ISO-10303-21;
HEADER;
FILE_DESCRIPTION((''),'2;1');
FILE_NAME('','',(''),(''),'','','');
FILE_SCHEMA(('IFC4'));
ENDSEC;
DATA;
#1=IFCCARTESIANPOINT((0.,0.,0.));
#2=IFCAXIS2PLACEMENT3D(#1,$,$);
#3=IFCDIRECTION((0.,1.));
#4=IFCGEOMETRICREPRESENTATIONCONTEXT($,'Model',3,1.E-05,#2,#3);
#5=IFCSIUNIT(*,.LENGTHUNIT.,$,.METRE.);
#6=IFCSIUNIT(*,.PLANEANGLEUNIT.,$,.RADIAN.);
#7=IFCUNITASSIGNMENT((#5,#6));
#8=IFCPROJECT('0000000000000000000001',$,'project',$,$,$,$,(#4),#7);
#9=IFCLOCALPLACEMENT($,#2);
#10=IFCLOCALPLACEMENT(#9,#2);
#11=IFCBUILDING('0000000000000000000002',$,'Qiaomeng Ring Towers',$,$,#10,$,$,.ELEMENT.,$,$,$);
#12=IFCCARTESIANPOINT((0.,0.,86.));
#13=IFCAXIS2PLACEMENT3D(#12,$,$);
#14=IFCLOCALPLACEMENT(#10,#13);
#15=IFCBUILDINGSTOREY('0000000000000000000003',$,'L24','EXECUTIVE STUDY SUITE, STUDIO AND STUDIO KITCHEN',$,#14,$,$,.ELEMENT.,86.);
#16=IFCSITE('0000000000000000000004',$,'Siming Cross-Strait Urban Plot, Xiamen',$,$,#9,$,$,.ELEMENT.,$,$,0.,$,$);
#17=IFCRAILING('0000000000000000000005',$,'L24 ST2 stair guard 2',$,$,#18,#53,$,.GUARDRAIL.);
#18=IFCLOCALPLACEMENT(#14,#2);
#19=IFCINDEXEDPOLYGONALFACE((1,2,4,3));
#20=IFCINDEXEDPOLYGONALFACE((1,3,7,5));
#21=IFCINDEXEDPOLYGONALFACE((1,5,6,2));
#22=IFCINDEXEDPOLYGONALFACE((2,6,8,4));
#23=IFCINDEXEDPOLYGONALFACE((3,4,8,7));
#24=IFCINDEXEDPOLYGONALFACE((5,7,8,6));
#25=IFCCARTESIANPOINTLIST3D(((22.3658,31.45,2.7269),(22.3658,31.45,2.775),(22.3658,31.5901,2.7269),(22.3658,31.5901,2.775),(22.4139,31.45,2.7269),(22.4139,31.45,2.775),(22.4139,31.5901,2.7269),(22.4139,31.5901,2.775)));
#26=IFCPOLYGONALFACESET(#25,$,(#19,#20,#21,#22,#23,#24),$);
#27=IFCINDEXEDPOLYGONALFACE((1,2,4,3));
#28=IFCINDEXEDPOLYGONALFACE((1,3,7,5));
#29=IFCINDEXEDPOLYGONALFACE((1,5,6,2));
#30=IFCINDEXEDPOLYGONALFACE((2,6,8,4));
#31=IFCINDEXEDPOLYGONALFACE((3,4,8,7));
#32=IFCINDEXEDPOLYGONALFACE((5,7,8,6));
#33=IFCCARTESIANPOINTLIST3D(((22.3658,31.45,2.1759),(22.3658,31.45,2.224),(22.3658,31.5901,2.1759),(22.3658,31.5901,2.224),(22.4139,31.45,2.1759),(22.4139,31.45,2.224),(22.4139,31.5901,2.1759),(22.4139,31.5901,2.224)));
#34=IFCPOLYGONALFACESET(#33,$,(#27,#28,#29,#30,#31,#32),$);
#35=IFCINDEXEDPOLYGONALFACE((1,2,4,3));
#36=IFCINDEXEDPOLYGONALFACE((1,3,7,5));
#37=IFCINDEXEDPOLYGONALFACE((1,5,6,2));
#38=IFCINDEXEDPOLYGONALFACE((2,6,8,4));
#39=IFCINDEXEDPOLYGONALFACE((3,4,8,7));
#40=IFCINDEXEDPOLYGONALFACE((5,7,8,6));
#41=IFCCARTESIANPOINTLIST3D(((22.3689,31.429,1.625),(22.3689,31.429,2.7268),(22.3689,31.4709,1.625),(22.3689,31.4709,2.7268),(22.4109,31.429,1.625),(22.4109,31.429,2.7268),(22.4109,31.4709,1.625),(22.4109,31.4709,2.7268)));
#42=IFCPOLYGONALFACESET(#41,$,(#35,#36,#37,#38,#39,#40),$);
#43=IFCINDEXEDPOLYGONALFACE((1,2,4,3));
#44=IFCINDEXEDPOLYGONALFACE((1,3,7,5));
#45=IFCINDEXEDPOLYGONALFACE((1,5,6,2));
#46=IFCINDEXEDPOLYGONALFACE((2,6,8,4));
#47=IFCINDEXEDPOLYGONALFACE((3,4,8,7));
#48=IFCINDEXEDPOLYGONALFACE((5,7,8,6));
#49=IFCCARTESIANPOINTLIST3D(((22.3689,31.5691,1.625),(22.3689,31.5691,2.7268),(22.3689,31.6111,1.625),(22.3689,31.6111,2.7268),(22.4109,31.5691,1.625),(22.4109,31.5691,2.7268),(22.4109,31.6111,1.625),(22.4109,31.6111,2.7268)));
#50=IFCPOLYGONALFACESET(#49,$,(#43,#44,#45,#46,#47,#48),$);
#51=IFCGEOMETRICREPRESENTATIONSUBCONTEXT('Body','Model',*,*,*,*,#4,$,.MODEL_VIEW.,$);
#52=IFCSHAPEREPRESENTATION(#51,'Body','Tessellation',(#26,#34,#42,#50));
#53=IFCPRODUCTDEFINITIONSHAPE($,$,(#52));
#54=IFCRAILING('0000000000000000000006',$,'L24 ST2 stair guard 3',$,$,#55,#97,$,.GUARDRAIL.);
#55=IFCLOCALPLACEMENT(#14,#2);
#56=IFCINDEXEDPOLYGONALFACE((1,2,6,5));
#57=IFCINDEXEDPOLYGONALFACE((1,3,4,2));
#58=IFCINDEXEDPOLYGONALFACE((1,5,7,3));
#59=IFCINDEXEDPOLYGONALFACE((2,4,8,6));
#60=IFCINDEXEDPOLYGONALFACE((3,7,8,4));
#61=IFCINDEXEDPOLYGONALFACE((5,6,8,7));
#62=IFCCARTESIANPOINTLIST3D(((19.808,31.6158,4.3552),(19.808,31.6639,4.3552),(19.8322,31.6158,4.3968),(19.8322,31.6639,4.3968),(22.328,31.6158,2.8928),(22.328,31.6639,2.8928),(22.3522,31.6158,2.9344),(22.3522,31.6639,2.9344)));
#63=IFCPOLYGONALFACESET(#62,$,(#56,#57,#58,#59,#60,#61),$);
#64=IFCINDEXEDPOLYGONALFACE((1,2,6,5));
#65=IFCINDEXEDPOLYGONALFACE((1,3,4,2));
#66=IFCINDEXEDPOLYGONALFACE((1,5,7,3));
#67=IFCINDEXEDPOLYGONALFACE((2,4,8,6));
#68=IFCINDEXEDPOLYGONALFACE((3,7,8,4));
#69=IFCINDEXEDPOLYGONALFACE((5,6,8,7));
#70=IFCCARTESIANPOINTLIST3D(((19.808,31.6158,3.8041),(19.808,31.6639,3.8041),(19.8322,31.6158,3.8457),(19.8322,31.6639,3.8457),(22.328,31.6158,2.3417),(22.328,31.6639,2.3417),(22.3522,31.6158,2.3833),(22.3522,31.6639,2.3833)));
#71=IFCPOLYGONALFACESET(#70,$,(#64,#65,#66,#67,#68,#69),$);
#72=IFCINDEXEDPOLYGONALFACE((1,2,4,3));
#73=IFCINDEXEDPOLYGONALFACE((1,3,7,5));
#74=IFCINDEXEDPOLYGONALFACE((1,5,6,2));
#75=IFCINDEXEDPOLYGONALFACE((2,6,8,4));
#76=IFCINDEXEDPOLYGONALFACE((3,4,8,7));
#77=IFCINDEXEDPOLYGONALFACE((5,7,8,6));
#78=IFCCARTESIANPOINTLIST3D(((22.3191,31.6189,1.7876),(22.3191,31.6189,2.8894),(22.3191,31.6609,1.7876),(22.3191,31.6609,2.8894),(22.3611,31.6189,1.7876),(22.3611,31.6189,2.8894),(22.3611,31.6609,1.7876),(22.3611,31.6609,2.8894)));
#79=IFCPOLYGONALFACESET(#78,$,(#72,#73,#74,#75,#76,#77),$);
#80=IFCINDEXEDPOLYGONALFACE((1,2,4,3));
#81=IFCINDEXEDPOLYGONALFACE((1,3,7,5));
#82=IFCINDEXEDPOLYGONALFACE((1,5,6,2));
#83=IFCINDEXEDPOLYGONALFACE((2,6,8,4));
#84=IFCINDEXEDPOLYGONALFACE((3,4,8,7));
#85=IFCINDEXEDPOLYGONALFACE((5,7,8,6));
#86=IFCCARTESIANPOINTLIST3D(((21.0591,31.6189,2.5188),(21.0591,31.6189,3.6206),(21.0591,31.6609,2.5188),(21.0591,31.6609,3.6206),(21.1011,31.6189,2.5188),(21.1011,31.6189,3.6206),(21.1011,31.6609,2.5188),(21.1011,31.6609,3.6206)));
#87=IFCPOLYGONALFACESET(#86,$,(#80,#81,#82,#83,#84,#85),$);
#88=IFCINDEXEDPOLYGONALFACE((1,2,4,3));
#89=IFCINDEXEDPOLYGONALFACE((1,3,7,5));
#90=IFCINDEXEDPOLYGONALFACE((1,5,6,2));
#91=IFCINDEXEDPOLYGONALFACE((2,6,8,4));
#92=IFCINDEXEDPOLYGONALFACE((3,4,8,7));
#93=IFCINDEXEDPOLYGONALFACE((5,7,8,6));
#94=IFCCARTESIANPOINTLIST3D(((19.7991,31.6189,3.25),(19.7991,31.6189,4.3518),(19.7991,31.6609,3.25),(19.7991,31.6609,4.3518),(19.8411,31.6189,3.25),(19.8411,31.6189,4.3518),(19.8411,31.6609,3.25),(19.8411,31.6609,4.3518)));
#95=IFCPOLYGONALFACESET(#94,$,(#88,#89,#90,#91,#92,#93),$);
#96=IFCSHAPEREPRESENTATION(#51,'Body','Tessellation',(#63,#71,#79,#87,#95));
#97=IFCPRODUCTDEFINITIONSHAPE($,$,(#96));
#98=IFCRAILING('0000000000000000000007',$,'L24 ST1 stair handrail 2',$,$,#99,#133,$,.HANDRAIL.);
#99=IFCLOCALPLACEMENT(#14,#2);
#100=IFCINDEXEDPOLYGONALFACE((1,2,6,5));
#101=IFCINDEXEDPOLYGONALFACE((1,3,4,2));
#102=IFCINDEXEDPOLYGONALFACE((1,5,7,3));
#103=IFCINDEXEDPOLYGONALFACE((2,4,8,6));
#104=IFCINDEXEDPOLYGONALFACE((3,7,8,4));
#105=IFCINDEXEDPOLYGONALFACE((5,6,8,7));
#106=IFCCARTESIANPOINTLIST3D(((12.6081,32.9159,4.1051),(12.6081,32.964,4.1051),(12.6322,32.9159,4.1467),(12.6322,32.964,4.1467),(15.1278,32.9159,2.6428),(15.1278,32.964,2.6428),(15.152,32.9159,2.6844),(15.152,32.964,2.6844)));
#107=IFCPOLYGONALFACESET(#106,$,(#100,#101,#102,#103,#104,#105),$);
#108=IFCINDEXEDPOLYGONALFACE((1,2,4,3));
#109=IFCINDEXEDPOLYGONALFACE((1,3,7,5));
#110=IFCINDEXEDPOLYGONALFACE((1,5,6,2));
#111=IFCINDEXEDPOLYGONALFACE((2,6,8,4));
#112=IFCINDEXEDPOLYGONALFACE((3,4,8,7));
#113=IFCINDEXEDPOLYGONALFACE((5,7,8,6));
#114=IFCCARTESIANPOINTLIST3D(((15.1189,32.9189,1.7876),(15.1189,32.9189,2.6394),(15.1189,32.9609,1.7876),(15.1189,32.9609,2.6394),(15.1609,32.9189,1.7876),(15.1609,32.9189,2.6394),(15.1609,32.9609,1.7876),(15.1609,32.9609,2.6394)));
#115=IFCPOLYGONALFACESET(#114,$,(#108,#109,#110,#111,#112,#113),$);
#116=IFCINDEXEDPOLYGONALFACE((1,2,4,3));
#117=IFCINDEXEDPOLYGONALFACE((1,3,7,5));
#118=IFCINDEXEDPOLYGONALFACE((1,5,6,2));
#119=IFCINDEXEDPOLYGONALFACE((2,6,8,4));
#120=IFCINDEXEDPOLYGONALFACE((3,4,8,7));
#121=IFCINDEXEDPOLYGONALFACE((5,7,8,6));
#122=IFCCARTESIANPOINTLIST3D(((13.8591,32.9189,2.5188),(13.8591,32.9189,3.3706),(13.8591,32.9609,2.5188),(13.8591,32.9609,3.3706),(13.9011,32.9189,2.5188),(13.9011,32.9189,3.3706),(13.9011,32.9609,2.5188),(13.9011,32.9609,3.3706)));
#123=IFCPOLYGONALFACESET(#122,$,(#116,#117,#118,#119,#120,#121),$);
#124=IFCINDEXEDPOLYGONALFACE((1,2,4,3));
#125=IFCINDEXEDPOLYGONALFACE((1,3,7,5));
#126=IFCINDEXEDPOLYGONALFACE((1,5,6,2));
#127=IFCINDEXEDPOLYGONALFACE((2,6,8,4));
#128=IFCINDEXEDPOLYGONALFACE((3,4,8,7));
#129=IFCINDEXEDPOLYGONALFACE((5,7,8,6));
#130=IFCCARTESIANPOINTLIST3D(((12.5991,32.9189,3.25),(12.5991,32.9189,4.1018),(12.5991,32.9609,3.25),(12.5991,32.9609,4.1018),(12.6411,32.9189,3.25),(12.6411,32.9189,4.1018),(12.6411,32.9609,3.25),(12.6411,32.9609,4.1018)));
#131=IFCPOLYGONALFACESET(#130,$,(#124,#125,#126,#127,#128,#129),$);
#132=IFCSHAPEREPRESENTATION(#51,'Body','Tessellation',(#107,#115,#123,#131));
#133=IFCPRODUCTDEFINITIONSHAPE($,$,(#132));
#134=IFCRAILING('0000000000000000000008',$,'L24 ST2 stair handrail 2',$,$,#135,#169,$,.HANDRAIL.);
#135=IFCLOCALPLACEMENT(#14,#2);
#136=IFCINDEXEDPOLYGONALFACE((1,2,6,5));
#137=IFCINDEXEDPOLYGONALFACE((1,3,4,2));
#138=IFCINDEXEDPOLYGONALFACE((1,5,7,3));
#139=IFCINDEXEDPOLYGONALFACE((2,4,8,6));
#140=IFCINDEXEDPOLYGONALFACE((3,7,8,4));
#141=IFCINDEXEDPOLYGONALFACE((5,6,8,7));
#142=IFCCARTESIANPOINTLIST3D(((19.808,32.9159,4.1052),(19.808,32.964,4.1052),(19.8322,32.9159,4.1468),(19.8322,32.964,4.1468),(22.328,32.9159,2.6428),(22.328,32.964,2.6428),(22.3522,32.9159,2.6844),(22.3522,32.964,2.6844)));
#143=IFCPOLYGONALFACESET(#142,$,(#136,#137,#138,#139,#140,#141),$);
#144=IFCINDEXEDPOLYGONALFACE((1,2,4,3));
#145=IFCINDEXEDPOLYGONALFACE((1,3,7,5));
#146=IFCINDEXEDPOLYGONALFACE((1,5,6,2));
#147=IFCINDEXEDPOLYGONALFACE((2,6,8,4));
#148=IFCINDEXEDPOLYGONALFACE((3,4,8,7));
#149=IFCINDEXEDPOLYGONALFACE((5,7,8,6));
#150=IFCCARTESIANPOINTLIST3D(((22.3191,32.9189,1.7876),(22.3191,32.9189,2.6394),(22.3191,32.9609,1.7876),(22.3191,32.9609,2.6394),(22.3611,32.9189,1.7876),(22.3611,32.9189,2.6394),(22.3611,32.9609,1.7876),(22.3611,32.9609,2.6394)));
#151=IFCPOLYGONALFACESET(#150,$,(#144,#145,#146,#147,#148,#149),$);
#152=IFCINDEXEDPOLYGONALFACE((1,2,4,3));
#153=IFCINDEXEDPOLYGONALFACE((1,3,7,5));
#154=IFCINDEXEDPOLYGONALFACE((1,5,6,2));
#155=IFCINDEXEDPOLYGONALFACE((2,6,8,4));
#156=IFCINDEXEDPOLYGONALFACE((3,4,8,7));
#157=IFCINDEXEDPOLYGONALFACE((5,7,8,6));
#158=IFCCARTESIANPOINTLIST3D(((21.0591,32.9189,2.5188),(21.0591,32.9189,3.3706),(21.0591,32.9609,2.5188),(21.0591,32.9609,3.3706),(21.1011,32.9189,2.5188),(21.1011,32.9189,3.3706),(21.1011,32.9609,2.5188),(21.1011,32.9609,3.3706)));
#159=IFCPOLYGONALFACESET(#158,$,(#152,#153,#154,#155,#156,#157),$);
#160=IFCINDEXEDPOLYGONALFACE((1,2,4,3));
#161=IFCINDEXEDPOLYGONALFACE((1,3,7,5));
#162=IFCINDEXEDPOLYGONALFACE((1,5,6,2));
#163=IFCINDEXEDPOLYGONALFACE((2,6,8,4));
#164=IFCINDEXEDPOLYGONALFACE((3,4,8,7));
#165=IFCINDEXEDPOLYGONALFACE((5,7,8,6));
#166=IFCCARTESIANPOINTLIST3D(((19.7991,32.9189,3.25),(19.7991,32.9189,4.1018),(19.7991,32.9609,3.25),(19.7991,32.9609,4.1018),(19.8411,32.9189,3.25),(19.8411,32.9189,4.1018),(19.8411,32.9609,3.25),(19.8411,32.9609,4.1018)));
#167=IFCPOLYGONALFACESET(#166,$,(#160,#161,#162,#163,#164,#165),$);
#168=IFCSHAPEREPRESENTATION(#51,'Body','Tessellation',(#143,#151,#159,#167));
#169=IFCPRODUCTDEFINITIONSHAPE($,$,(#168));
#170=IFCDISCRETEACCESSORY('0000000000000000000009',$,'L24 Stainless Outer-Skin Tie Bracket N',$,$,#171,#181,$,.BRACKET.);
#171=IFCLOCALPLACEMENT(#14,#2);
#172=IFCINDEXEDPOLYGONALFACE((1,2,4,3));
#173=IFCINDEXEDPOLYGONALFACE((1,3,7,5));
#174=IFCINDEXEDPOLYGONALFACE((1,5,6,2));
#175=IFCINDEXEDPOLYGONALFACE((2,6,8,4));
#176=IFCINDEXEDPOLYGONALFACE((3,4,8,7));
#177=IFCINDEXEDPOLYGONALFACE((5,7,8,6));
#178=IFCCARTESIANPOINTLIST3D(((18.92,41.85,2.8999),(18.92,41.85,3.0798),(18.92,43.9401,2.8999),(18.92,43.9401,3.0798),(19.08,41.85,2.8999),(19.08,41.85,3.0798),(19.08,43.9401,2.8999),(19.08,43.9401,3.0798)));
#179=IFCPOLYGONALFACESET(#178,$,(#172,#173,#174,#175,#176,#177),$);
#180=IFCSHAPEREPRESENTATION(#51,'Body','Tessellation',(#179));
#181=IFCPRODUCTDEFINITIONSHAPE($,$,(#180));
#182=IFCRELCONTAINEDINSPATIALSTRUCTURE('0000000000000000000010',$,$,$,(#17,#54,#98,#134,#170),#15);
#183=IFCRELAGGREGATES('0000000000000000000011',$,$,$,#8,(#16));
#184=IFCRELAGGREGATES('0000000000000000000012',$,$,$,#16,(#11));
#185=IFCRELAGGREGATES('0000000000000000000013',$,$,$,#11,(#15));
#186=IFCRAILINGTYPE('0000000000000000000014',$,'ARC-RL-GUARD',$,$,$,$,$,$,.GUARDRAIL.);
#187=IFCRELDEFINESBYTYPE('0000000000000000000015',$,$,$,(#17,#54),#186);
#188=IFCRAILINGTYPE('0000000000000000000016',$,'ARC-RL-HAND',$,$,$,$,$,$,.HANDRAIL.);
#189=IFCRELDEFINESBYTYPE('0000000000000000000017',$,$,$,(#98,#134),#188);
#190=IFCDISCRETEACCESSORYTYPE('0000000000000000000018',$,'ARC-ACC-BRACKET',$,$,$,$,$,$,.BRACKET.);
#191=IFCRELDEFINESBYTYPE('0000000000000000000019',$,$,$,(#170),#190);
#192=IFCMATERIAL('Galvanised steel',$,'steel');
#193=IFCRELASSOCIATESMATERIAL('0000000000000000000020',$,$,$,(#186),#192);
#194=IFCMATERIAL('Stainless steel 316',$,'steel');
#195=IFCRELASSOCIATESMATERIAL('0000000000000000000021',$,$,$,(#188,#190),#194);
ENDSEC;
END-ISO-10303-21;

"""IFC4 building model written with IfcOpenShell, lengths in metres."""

from ifc_helpers import new_model, si_unit, direction, frame, origin, origin_2d, place, context, subcontext, project, spatial, rectangle, extrude, source, transform, mapped, material, type_object, element, save


model = new_model("IFC4")

# Units and contexts
model_context = context("Model", 3, precision=1e-05, world=origin(), true_north=direction((0.0, 1.0)))
body_context = subcontext(model_context, "Body", "Model", "MODEL_VIEW")
ifc_project = project(units=[si_unit("LENGTHUNIT", "METRE"), si_unit("PLANEANGLEUNIT", "RADIAN")], contexts=[model_context])

# Site, building, storey
site_placement = place(None, origin())
site = spatial("IfcSite", under=ifc_project, at=site_placement, Name="Siming Cross-Strait Urban Plot, Xiamen", CompositionType="ELEMENT", RefElevation=0.0)
building_placement = place(site_placement, origin())
building = spatial("IfcBuilding", under=site, at=building_placement, Name="Qiaomeng Ring Towers", CompositionType="ELEMENT")
storey_placement = place(building_placement, frame((0.0, 0.0, 86.0)))
storey = spatial("IfcBuildingStorey", under=building, at=storey_placement, Name="L24", Description="EXECUTIVE STUDY SUITE, STUDIO AND STUDIO KITCHEN", CompositionType="ELEMENT", Elevation=86.0)

# Shared definitions
ifc_material_1 = material(Name="Galvanised steel", Category="steel")

# Railings
railing_type_1 = type_object("IfcRailingType", Name="ARC-RL-GUARD", PredefinedType="GUARDRAIL", material=ifc_material_1)
railing_1_placement = place(storey_placement, frame((22.3899, 31.45, 1.625)))
element("IfcRailing", 1, at=railing_1_placement, inside=storey, type_object=railing_type_1, Name="L24 ST2 stair guard 2", PredefinedType="GUARDRAIL", context=body_context, shape_type="SweptSolid", body=[
    extrude(rectangle(XDim=0.0481, YDim=0.0481, at=origin_2d()), frame((0.0, 0.0, 1.126), z_axis=(0.0, 1.0, 0.0), x_axis=(-1.0, 0.0, 0.0)), (0.0, 0.0, 1.0), 0.1401),
    extrude(rectangle(XDim=0.0481, YDim=0.0481, at=origin_2d()), frame((0.0, 0.0, 0.575), z_axis=(0.0, 1.0, 0.0), x_axis=(-1.0, 0.0, 0.0)), (0.0, 0.0, 1.0), 0.1401),
    extrude(rectangle(XDim=0.042, YDim=0.042, at=origin_2d()), origin(), (0.0, 0.0, 1.0), 1.1018),
    extrude(rectangle(XDim=0.042, YDim=0.042, at=origin_2d()), frame((0.0, 0.1401, 0.0)), (0.0, 0.0, 1.0), 1.1018),
])
railing_2_placement = place(storey_placement, frame((22.3401, 31.6399, 1.7876)))
element("IfcRailing", 2, at=railing_2_placement, inside=storey, type_object=railing_type_1, Name="L24 ST2 stair guard 3", PredefinedType="GUARDRAIL", context=body_context, shape_type="SweptSolid", body=[
    extrude(rectangle(XDim=0.0481, YDim=0.0481, at=origin_2d()), frame((0.0, 0.0, 1.126), z_axis=(-0.864913, 0.0, 0.501921), x_axis=(0.0, -1.0, 0.0)), (0.0, 0.0, 1.0), 2.9136),
    extrude(rectangle(XDim=0.0481, YDim=0.0481, at=origin_2d()), frame((0.0, 0.0, 0.575), z_axis=(-0.864913, 0.0, 0.501921), x_axis=(0.0, -1.0, 0.0)), (0.0, 0.0, 1.0), 2.9136),
    extrude(rectangle(XDim=0.042, YDim=0.042, at=origin_2d()), origin(), (0.0, 0.0, 1.0), 1.1018),
    extrude(rectangle(XDim=0.042, YDim=0.042, at=origin_2d()), frame((-1.26, 0.0, 0.7312)), (0.0, 0.0, 1.0), 1.1018),
    extrude(rectangle(XDim=0.042, YDim=0.042, at=origin_2d()), frame((-2.52, 0.0, 1.4624)), (0.0, 0.0, 1.0), 1.1018),
])
ifc_material_2 = material(Name="Stainless steel 316", Category="steel")
railing_type_2 = type_object("IfcRailingType", Name="ARC-RL-HAND", PredefinedType="HANDRAIL", material=ifc_material_2)
railing_3_placement = place(storey_placement, frame((15.1399, 32.9399, 1.7876)))
element("IfcRailing", 3, at=railing_3_placement, inside=storey, type_object=railing_type_2, Name="L24 ST1 stair handrail 2", PredefinedType="HANDRAIL", context=body_context, shape_type="SweptSolid", body=[
    extrude(rectangle(XDim=0.0481, YDim=0.0481, at=origin_2d()), frame((0.0, 0.0, 0.876), z_axis=(-0.864892, 0.0, 0.501958), x_axis=(0.0, -1.0, 0.0)), (0.0, 0.0, 1.0), 2.9133),
    extrude(rectangle(XDim=0.042, YDim=0.042, at=origin_2d()), origin(), (0.0, 0.0, 1.0), 0.8518),
    extrude(rectangle(XDim=0.042, YDim=0.042, at=origin_2d()), frame((-1.2598, 0.0, 0.7312)), (0.0, 0.0, 1.0), 0.8518),
    extrude(rectangle(XDim=0.042, YDim=0.042, at=origin_2d()), frame((-2.5198, 0.0, 1.4624)), (0.0, 0.0, 1.0), 0.8518),
])
railing_4_placement = place(storey_placement, frame((22.3401, 32.9399, 1.7876)))
element("IfcRailing", 4, at=railing_4_placement, inside=storey, type_object=railing_type_2, Name="L24 ST2 stair handrail 2", PredefinedType="HANDRAIL", context=body_context, shape_type="SweptSolid", body=[
    extrude(rectangle(XDim=0.0481, YDim=0.0481, at=origin_2d()), frame((0.0, 0.0, 0.876), z_axis=(-0.864913, 0.0, 0.501921), x_axis=(0.0, -1.0, 0.0)), (0.0, 0.0, 1.0), 2.9136),
    extrude(rectangle(XDim=0.042, YDim=0.042, at=origin_2d()), origin(), (0.0, 0.0, 1.0), 0.8518),
    extrude(rectangle(XDim=0.042, YDim=0.042, at=origin_2d()), frame((-1.26, 0.0, 0.7312)), (0.0, 0.0, 1.0), 0.8518),
    extrude(rectangle(XDim=0.042, YDim=0.042, at=origin_2d()), frame((-2.52, 0.0, 1.4624)), (0.0, 0.0, 1.0), 0.8518),
])

# Discrete accessory
discrete_accessory_type = type_object("IfcDiscreteAccessoryType", Name="ARC-ACC-BRACKET", PredefinedType="BRACKET", material=ifc_material_2)
shared_shape_1 = source(origin(), body_context, "Body", "SweptSolid", [
    extrude(rectangle(XDim=0.1599, YDim=2.0901, at=origin_2d()), origin(), (0.0, 0.0, 1.0), 0.1799),
])
discrete_accessory_placement = place(storey_placement, frame((19.0, 42.895, 2.8999), z_axis=(0.0, 0.0, 1.0), x_axis=(1.0, 0.0, 0.0)))
element("IfcDiscreteAccessory", 5, at=discrete_accessory_placement, inside=storey, type_object=discrete_accessory_type, Name="L24 Stainless Outer-Skin Tie Bracket N", PredefinedType="BRACKET", context=body_context, shape_type="MappedRepresentation", body=[
    mapped(shared_shape_1, transform((0.0, 0.0, 0.0), x_axis=(1.0, 0.0, 0.0), y_axis=(0.0, 1.0, 0.0), z_axis=(0.0, 0.0, 1.0), scale=1.0)),
])

save(model, "model.ifc")
